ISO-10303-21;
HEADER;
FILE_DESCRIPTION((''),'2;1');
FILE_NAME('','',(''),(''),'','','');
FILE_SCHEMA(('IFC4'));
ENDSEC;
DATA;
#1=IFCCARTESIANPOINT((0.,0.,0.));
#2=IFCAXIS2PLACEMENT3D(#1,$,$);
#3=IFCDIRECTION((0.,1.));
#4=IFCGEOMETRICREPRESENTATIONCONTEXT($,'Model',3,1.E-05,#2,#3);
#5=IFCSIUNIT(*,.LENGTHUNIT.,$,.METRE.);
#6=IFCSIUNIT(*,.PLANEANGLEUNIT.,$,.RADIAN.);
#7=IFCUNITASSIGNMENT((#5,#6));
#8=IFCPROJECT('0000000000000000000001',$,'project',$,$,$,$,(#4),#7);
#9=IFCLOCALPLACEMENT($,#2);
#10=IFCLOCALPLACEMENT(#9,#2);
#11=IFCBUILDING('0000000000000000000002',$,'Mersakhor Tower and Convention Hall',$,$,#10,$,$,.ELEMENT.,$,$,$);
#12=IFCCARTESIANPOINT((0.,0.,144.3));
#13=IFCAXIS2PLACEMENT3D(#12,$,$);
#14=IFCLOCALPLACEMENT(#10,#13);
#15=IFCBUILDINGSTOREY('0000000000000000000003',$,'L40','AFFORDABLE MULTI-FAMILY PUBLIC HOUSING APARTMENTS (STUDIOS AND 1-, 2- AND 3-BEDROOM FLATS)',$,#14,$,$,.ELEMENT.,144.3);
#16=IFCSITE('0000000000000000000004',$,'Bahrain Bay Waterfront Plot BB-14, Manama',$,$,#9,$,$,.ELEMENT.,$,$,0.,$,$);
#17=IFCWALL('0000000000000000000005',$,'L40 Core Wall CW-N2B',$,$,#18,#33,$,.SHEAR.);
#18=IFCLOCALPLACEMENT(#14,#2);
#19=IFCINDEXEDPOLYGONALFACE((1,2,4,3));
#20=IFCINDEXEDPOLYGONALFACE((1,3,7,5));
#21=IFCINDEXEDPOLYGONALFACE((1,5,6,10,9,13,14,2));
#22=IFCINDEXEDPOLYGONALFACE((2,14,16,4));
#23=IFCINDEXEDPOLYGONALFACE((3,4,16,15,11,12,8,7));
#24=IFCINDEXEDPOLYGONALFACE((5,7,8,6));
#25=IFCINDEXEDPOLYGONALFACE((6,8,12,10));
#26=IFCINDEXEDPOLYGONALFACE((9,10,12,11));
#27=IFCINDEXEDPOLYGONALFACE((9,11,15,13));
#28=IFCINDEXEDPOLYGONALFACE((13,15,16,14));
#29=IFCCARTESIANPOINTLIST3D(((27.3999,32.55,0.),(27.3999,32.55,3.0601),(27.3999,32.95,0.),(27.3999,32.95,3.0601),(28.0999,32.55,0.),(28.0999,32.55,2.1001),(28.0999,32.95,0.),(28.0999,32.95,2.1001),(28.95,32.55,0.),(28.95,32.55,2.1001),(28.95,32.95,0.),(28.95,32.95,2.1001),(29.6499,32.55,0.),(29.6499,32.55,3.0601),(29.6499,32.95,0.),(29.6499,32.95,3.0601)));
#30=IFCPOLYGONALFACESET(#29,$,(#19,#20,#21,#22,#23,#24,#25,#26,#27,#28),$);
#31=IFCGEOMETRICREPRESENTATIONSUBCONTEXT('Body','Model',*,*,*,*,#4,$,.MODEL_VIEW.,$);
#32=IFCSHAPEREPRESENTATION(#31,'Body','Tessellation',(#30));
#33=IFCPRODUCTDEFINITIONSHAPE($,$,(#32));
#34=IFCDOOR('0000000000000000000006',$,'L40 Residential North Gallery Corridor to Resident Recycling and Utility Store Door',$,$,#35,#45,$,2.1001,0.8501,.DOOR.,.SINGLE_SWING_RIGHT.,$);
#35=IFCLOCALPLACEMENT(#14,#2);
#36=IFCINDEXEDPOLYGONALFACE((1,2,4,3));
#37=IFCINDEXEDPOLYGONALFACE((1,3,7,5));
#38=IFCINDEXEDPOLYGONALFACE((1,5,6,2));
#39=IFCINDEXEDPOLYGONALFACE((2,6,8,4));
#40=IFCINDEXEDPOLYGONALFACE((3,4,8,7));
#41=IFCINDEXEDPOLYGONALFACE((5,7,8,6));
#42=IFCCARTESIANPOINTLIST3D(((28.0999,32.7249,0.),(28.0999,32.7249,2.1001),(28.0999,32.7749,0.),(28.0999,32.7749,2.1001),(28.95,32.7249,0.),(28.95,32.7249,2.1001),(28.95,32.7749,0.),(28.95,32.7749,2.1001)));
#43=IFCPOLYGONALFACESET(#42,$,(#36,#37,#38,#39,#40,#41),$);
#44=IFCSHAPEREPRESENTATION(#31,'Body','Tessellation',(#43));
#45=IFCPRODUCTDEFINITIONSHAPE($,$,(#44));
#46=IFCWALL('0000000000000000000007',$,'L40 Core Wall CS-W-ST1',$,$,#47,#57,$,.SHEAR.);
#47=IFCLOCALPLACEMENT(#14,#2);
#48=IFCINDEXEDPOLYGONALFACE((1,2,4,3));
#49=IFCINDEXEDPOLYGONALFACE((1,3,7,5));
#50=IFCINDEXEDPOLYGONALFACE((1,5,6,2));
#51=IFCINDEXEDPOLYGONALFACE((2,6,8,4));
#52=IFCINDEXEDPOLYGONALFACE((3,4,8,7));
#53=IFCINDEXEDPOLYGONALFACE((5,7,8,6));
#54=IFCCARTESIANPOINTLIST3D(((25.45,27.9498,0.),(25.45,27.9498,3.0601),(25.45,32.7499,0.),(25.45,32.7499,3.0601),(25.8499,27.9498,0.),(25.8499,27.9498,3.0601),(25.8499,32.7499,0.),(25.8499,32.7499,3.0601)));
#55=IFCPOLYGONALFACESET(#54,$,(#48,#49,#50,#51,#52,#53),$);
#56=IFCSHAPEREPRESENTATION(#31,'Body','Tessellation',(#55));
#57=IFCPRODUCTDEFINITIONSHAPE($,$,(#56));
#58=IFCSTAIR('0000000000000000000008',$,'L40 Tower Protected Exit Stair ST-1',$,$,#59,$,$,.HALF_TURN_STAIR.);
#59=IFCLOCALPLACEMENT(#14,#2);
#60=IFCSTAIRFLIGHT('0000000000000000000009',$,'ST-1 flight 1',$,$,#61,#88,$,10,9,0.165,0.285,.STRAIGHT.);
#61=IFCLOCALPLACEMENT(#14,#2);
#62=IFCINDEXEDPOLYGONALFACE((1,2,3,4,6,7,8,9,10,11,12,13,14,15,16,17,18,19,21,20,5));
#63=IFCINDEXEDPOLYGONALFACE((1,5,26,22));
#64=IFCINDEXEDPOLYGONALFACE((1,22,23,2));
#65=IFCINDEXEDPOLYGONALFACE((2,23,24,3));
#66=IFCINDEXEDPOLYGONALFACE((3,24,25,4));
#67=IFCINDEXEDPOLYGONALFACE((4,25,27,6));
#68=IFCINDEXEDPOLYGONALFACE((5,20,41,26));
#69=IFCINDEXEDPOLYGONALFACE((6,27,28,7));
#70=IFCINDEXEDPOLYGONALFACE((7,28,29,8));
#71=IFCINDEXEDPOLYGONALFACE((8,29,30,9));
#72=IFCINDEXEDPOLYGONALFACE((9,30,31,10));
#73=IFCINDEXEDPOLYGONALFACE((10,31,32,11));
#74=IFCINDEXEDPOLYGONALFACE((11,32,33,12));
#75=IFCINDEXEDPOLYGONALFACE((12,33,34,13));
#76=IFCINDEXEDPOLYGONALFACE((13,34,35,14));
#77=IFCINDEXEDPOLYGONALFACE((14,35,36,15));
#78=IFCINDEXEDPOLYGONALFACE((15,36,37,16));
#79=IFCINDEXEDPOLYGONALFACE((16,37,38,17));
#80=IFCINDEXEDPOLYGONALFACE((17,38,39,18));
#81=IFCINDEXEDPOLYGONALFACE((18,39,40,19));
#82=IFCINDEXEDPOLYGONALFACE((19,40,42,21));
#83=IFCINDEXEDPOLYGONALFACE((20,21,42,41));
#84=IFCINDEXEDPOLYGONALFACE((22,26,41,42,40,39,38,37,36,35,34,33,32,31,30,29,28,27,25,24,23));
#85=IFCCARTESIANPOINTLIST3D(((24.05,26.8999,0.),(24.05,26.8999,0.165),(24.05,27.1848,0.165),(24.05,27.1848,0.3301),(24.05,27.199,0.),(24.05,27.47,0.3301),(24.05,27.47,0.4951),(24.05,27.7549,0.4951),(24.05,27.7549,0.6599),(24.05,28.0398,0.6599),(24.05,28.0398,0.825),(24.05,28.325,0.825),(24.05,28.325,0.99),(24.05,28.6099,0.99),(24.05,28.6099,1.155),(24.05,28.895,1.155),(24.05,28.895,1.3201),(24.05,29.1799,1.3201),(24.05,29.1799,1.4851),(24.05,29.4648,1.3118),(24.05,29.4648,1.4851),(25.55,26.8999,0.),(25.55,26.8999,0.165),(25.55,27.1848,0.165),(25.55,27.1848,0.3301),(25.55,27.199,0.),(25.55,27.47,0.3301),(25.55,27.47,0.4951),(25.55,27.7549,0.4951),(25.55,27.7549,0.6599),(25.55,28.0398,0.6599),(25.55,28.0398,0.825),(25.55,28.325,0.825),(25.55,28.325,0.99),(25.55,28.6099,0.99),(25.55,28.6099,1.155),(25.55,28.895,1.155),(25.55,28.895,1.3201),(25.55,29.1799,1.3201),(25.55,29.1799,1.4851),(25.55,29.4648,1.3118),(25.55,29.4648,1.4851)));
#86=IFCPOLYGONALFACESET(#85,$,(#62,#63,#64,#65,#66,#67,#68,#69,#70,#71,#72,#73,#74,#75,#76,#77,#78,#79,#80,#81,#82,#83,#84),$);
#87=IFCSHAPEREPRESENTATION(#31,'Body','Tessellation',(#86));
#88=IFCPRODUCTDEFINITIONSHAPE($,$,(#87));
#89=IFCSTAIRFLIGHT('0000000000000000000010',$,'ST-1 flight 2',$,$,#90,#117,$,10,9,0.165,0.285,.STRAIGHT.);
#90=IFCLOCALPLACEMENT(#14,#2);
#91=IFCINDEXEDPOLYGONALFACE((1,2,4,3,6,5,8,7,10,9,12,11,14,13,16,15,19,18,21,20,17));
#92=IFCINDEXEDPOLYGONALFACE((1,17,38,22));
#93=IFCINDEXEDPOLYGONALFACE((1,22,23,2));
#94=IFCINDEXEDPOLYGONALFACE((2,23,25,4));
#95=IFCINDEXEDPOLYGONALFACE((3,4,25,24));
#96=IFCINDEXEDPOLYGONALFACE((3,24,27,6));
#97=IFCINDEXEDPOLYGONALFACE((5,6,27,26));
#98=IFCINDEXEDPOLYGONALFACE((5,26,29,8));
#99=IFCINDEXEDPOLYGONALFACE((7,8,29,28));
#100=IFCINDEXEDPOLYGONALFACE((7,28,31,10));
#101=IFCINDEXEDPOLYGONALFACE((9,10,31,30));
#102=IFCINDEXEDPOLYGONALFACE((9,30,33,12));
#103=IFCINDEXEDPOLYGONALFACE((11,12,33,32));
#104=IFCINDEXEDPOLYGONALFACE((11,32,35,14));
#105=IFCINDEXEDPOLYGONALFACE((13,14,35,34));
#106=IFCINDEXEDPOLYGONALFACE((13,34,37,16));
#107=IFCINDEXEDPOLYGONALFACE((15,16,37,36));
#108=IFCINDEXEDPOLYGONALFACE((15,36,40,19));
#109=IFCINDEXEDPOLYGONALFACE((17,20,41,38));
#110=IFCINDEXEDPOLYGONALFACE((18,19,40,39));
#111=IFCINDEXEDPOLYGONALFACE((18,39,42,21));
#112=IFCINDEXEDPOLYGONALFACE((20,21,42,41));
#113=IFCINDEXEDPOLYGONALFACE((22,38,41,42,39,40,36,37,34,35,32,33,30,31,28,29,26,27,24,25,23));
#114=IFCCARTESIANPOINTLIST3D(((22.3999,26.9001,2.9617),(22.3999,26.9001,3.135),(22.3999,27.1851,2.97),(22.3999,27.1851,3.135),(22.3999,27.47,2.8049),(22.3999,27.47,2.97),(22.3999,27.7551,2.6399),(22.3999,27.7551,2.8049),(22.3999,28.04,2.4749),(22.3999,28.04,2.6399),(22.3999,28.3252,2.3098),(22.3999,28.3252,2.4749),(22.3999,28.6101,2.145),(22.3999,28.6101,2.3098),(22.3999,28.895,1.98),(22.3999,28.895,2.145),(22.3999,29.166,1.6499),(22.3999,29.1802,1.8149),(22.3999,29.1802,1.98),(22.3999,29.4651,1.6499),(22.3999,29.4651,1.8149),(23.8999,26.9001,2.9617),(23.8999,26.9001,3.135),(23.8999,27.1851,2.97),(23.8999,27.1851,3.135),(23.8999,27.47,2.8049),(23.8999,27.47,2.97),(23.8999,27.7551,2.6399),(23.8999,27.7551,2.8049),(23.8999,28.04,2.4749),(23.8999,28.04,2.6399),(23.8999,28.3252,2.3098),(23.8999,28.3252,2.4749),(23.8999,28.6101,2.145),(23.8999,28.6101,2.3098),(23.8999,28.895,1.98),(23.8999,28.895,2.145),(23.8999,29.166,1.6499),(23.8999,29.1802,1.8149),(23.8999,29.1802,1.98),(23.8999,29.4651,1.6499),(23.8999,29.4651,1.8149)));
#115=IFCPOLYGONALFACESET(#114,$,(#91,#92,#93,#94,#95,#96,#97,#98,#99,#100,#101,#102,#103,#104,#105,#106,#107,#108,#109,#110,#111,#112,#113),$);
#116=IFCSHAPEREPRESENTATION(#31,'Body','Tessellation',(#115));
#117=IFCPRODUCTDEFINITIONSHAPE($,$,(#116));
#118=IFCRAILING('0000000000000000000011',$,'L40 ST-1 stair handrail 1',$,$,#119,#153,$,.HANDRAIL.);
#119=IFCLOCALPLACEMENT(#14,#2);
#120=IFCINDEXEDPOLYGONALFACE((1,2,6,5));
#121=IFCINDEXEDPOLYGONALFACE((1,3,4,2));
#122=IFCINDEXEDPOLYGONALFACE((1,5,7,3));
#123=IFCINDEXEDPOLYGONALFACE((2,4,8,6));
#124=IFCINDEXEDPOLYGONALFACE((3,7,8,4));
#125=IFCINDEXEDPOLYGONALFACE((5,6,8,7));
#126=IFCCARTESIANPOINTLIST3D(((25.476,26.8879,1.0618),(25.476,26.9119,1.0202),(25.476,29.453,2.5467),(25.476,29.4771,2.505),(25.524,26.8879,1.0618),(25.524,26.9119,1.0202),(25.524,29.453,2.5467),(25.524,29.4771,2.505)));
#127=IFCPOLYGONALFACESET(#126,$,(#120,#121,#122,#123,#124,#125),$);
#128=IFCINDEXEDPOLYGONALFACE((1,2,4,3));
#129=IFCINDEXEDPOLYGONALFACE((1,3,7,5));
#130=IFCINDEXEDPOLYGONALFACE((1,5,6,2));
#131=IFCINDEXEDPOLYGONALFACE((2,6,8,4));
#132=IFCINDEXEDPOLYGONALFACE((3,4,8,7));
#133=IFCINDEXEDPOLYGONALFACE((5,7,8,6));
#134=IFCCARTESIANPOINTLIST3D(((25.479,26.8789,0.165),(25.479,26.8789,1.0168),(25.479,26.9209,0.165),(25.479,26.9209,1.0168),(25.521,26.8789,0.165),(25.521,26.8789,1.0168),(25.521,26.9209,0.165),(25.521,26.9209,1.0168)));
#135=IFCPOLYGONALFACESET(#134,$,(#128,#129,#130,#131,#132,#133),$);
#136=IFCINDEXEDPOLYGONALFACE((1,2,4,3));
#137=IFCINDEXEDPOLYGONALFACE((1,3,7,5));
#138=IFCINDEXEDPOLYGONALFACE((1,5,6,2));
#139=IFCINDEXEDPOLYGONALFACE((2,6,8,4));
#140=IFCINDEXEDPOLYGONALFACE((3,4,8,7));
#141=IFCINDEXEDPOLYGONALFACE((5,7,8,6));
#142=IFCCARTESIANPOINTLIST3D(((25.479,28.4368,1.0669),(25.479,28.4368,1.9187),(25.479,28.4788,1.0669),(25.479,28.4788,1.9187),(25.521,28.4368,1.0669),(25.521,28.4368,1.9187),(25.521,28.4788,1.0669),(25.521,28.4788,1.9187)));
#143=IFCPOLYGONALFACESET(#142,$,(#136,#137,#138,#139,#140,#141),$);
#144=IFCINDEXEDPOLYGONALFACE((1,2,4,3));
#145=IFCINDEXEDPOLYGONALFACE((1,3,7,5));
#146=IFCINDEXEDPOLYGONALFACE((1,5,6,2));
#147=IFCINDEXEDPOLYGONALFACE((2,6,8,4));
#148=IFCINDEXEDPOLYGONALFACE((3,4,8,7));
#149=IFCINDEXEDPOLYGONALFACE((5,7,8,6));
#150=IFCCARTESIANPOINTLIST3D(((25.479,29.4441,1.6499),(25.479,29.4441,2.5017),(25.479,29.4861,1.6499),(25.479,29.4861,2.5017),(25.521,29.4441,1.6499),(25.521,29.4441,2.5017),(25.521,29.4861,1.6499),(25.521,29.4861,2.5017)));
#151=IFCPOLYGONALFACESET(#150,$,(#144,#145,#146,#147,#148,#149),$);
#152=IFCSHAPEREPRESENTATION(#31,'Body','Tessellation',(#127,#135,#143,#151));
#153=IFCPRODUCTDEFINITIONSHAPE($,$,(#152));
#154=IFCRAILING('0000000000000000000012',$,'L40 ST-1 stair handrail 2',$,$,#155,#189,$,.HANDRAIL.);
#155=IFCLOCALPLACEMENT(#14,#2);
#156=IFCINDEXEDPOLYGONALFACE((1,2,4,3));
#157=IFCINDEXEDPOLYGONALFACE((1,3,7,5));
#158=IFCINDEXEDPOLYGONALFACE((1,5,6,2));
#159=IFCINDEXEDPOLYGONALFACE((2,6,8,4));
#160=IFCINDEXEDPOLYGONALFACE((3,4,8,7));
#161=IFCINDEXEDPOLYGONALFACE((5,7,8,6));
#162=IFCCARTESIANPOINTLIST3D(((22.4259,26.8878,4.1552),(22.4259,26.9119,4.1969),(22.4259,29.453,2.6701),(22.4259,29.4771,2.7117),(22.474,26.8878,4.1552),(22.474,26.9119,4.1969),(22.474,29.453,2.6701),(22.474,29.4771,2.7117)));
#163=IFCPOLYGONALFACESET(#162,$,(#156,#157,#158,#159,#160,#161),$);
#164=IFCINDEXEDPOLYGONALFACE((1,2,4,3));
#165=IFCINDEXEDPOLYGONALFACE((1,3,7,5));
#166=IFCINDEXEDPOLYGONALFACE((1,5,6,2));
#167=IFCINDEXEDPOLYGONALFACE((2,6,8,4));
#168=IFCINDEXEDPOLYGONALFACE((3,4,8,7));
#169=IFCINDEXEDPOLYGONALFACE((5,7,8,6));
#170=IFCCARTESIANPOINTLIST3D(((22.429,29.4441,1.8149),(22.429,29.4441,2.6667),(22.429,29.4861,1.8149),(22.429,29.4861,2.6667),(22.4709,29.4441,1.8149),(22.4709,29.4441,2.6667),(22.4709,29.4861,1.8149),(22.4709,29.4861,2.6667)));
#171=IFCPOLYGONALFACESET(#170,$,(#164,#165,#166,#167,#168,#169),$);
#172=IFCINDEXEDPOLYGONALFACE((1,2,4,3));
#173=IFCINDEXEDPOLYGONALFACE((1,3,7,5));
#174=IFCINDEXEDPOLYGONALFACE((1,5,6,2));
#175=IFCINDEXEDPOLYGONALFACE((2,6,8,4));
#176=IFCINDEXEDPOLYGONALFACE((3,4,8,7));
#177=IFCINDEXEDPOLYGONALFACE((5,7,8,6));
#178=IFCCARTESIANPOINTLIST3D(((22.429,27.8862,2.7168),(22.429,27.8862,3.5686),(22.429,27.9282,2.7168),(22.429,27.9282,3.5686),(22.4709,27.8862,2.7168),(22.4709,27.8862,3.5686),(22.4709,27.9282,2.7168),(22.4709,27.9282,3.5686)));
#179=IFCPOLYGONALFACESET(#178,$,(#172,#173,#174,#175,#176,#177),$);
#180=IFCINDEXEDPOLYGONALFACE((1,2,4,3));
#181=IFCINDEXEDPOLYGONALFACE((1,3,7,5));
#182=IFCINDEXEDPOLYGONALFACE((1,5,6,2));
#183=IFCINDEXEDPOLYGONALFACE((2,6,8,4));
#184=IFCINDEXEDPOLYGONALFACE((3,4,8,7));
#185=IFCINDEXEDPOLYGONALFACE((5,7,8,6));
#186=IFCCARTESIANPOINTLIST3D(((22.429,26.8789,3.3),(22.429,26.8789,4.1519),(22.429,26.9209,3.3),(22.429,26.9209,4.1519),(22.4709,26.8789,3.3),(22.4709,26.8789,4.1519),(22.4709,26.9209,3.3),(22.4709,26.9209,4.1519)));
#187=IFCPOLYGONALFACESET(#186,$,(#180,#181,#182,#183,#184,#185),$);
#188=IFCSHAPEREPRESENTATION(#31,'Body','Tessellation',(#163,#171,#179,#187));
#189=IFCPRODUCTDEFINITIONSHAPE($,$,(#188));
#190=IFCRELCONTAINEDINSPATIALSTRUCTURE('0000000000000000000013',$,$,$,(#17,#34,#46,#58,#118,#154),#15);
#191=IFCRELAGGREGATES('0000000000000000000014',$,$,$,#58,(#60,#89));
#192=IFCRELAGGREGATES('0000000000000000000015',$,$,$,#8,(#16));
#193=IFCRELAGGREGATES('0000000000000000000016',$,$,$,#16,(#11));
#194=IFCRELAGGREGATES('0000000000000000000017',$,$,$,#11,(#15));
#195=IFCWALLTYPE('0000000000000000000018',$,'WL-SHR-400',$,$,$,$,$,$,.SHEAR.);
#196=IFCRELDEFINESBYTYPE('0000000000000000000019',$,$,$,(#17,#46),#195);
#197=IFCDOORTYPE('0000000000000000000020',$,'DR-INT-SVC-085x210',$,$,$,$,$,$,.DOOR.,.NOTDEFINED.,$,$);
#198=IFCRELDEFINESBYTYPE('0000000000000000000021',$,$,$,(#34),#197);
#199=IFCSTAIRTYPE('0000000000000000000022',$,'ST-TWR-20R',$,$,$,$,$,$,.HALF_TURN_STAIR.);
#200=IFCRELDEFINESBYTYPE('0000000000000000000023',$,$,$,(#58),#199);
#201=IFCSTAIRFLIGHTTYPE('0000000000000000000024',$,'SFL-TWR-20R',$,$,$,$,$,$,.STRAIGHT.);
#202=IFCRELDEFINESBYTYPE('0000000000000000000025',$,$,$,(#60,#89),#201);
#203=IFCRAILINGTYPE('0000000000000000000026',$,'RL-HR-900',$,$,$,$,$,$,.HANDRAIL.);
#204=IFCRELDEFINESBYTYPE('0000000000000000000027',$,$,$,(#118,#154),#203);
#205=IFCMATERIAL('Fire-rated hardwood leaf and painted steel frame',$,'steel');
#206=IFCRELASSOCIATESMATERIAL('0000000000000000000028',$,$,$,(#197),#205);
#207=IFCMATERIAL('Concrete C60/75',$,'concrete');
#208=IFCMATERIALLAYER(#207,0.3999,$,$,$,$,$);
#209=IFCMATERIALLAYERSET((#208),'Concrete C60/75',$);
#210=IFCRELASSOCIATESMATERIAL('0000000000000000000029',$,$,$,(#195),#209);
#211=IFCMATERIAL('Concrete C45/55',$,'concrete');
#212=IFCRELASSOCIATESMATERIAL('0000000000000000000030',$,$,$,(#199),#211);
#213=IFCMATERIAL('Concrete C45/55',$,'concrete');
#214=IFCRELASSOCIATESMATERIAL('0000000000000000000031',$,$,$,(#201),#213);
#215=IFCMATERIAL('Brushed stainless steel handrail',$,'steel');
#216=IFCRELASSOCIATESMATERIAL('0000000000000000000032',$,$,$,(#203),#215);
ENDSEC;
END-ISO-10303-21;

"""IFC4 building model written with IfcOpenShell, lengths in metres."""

from ifc_helpers import new_model, si_unit, direction, frame, frame_2d, origin, origin_2d, place, context, subcontext, project, spatial, polyline, rectangle, outline, extrude, material, layer, layer_set, type_object, element, fill, aggregate, save


model = new_model("IFC4")

# Units and contexts
model_context = context("Model", 3, precision=1e-05, world=origin(), true_north=direction((0.0, 1.0)))
body_context = subcontext(model_context, "Body", "Model", "MODEL_VIEW")
ifc_project = project(units=[si_unit("LENGTHUNIT", "METRE"), si_unit("PLANEANGLEUNIT", "RADIAN")], contexts=[model_context])

# Site, building, storey
site_placement = place(None, origin())
site = spatial("IfcSite", under=ifc_project, at=site_placement, Name="Bahrain Bay Waterfront Plot BB-14, Manama", CompositionType="ELEMENT", RefElevation=0.0)
building_placement = place(site_placement, origin())
building = spatial("IfcBuilding", under=site, at=building_placement, Name="Mersakhor Tower and Convention Hall", CompositionType="ELEMENT")
storey_placement = place(building_placement, frame((0.0, 0.0, 144.3)))
storey = spatial("IfcBuildingStorey", under=building, at=storey_placement, Name="L40", Description="AFFORDABLE MULTI-FAMILY PUBLIC HOUSING APARTMENTS (STUDIOS AND 1-, 2- AND 3-BEDROOM FLATS)", CompositionType="ELEMENT", Elevation=144.3)

# Shared definitions
ifc_material_1 = material(Name="Fire-rated hardwood leaf and painted steel frame", Category="steel")
door_type_1 = type_object("IfcDoorType", Name="DR-INT-SVC-085x210", OperationType="NOTDEFINED", PredefinedType="DOOR", material=ifc_material_1)

# Shared definitions
ifc_material_2 = material(Name="Concrete C60/75", Category="concrete")
ifc_layer_1 = layer(ifc_material_2, 0.3999)
ifc_layer_set_1 = layer_set([ifc_layer_1], Name="Concrete C60/75")
wall_type_1 = type_object("IfcWallType", Name="WL-SHR-400", PredefinedType="SHEAR", material=ifc_layer_set_1)

# Wall, opening, door
wall_1_placement = place(storey_placement, frame((27.3999, 32.75, 0.0), z_axis=(0.0, 0.0, 1.0), x_axis=(1.0, 0.0, 0.0)))
wall_1 = element("IfcWall", 1, at=wall_1_placement, inside=storey, type_object=wall_type_1, Name="L40 Core Wall CW-N2B", PredefinedType="SHEAR", context=body_context, shape_type="SweptSolid", body=[
    extrude(rectangle(XDim=2.25, YDim=0.3999, at=frame_2d((1.125, 0.0))), origin(), (0.0, 0.0, 1.0), 3.0601),
])
opening_1_placement = place(wall_1_placement, frame((0.7, 0.0, 0.0)))
opening_1 = element("IfcOpeningElement", 2, at=opening_1_placement, cuts=wall_1, PredefinedType="OPENING", context=body_context, shape_type="SweptSolid", body=[
    extrude(rectangle(XDim=0.8501, YDim=2.1001, at=frame_2d((0.425, 1.05))), frame((0.0, 0.21, 0.0), z_axis=(0.0, -1.0, 0.0), x_axis=(1.0, 0.0, 0.0)), (0.0, 0.0, 1.0), 0.4199),
])
door_1_placement = place(opening_1_placement, origin())
door_1 = element("IfcDoor", 3, at=door_1_placement, inside=storey, type_object=door_type_1, Name="L40 Residential North Gallery Corridor to Resident Recycling and Utility Store Door", OperationType="SINGLE_SWING_RIGHT", OverallHeight=2.1001, OverallWidth=0.8501, PredefinedType="DOOR", context=body_context, shape_type="SweptSolid", body=[
    extrude(rectangle(XDim=0.8501, YDim=2.1001, at=frame_2d((0.425, 1.05))), frame((0.0, 0.0249, 0.0), z_axis=(0.0, -1.0, 0.0), x_axis=(1.0, 0.0, 0.0)), (0.0, 0.0, 1.0), 0.05),
])
fill(opening_1, door_1)

# Wall
wall_2_placement = place(storey_placement, frame((25.6499, 27.95, 0.0), z_axis=(0.0, 0.0, 1.0), x_axis=(0.0, 1.0, 0.0)))
element("IfcWall", 4, at=wall_2_placement, inside=storey, type_object=wall_type_1, Name="L40 Core Wall CS-W-ST1", PredefinedType="SHEAR", context=body_context, shape_type="SweptSolid", body=[
    extrude(rectangle(XDim=4.8, YDim=0.3999, at=frame_2d((2.3999, 0.0))), origin(), (0.0, 0.0, 1.0), 3.0601),
])

# Stair, stair flights
ifc_material_3 = material(Name="Concrete C45/55", Category="concrete")
stair_type = type_object("IfcStairType", Name="ST-TWR-20R", PredefinedType="HALF_TURN_STAIR", material=ifc_material_3)
stair_placement = place(storey_placement, origin())
stair = element("IfcStair", 5, at=stair_placement, inside=storey, type_object=stair_type, Name="L40 Tower Protected Exit Stair ST-1", PredefinedType="HALF_TURN_STAIR")
ifc_material_4 = material(Name="Concrete C45/55", Category="concrete")
stair_flight_type = type_object("IfcStairFlightType", Name="SFL-TWR-20R", PredefinedType="STRAIGHT", material=ifc_material_4)
stair_flight_1_placement = place(storey_placement, frame((24.8, 26.8999, 0.0), z_axis=(0.0, 0.0, 1.0), x_axis=(0.0, 1.0, 0.0)))
stair_flight_1 = element("IfcStairFlight", 6, at=stair_flight_1_placement, type_object=stair_flight_type, Name="ST-1 flight 1", NumberOfRisers=10, NumberOfTreads=9, PredefinedType="STRAIGHT", RiserHeight=0.165, TreadLength=0.285, context=body_context, shape_type="SweptSolid", body=[
    extrude(outline(polyline([(0.0, 0.0), (0.0, 0.165), (0.2849, 0.165), (0.2849, 0.3301), (0.5701, 0.3301), (0.5701, 0.4951), (0.855, 0.4951), (0.855, 0.6599), (1.1399, 0.6599), (1.1399, 0.825), (1.425, 0.825), (1.425, 0.99), (1.71, 0.99), (1.71, 1.155), (1.9951, 1.155), (1.9951, 1.3201), (2.28, 1.3201), (2.28, 1.4851), (2.5649, 1.4851), (2.5649, 1.6499), (2.5649, 1.3118), (0.2991, 0.0), (0.0, 0.0)])), frame((0.0, 0.75, 0.0), z_axis=(0.0, -1.0, 0.0), x_axis=(1.0, 0.0, 0.0)), (0.0, 0.0, 1.0), 1.5),
])
stair_flight_2_placement = place(storey_placement, frame((23.1499, 29.4651, 1.6499), z_axis=(0.0, 0.0, 1.0), x_axis=(0.0, -1.0, 0.0)))
stair_flight_2 = element("IfcStairFlight", 7, at=stair_flight_2_placement, type_object=stair_flight_type, Name="ST-1 flight 2", NumberOfRisers=10, NumberOfTreads=9, PredefinedType="STRAIGHT", RiserHeight=0.165, TreadLength=0.285, context=body_context, shape_type="SweptSolid", body=[
    extrude(outline(polyline([(0.0, 0.0), (0.0, 0.165), (0.2849, 0.165), (0.2849, 0.3301), (0.5701, 0.3301), (0.5701, 0.4951), (0.855, 0.4951), (0.855, 0.6599), (1.1399, 0.6599), (1.1399, 0.825), (1.425, 0.825), (1.425, 0.99), (1.71, 0.99), (1.71, 1.155), (1.9951, 1.155), (1.9951, 1.3201), (2.28, 1.3201), (2.28, 1.4851), (2.5649, 1.4851), (2.5649, 1.6499), (2.5649, 1.3118), (0.2991, 0.0), (0.0, 0.0)])), frame((0.0, 0.75, 0.0), z_axis=(0.0, -1.0, 0.0), x_axis=(1.0, 0.0, 0.0)), (0.0, 0.0, 1.0), 1.5),
])
aggregate(stair, [stair_flight_1, stair_flight_2])

# Railings
ifc_material_5 = material(Name="Brushed stainless steel handrail", Category="steel")
railing_type_1 = type_object("IfcRailingType", Name="RL-HR-900", PredefinedType="HANDRAIL", material=ifc_material_5)
railing_1_placement = place(storey_placement, frame((25.5, 26.8999, 0.165)))
element("IfcRailing", 8, at=railing_1_placement, inside=storey, type_object=railing_type_1, Name="L40 ST-1 stair handrail 1", PredefinedType="HANDRAIL", context=body_context, shape_type="SweptSolid", body=[
    extrude(rectangle(XDim=0.0481, YDim=0.0481, at=origin_2d()), frame((0.0, 0.0, 0.876), z_axis=(0.0, 0.865462, 0.500975), x_axis=(-1.0, 0.0, 0.0)), (0.0, 0.0, 1.0), 2.9639),
    extrude(rectangle(XDim=0.042, YDim=0.042, at=origin_2d()), origin(), (0.0, 0.0, 1.0), 0.8518),
    extrude(rectangle(XDim=0.042, YDim=0.042, at=origin_2d()), frame((0.0, 1.5579, 0.9019)), (0.0, 0.0, 1.0), 0.8518),
    extrude(rectangle(XDim=0.042, YDim=0.042, at=origin_2d()), frame((0.0, 2.5652, 1.4849)), (0.0, 0.0, 1.0), 0.8518),
])
railing_2_placement = place(storey_placement, frame((22.45, 29.4651, 1.8149)))
element("IfcRailing", 9, at=railing_2_placement, inside=storey, type_object=railing_type_1, Name="L40 ST-1 stair handrail 2", PredefinedType="HANDRAIL", context=body_context, shape_type="SweptSolid", body=[
    extrude(rectangle(XDim=0.0481, YDim=0.0481, at=origin_2d()), frame((0.0, 0.0, 0.876), z_axis=(0.0, -0.865426, 0.501036), x_axis=(1.0, 0.0, 0.0)), (0.0, 0.0, 1.0), 2.9641),
    extrude(rectangle(XDim=0.042, YDim=0.042, at=origin_2d()), origin(), (0.0, 0.0, 1.0), 0.8518),
    extrude(rectangle(XDim=0.042, YDim=0.042, at=origin_2d()), frame((0.0, -1.5579, 0.9019)), (0.0, 0.0, 1.0), 0.8518),
    extrude(rectangle(XDim=0.042, YDim=0.042, at=origin_2d()), frame((0.0, -2.5652, 1.4851)), (0.0, 0.0, 1.0), 0.8518),
])

save(model, "model.ifc")
